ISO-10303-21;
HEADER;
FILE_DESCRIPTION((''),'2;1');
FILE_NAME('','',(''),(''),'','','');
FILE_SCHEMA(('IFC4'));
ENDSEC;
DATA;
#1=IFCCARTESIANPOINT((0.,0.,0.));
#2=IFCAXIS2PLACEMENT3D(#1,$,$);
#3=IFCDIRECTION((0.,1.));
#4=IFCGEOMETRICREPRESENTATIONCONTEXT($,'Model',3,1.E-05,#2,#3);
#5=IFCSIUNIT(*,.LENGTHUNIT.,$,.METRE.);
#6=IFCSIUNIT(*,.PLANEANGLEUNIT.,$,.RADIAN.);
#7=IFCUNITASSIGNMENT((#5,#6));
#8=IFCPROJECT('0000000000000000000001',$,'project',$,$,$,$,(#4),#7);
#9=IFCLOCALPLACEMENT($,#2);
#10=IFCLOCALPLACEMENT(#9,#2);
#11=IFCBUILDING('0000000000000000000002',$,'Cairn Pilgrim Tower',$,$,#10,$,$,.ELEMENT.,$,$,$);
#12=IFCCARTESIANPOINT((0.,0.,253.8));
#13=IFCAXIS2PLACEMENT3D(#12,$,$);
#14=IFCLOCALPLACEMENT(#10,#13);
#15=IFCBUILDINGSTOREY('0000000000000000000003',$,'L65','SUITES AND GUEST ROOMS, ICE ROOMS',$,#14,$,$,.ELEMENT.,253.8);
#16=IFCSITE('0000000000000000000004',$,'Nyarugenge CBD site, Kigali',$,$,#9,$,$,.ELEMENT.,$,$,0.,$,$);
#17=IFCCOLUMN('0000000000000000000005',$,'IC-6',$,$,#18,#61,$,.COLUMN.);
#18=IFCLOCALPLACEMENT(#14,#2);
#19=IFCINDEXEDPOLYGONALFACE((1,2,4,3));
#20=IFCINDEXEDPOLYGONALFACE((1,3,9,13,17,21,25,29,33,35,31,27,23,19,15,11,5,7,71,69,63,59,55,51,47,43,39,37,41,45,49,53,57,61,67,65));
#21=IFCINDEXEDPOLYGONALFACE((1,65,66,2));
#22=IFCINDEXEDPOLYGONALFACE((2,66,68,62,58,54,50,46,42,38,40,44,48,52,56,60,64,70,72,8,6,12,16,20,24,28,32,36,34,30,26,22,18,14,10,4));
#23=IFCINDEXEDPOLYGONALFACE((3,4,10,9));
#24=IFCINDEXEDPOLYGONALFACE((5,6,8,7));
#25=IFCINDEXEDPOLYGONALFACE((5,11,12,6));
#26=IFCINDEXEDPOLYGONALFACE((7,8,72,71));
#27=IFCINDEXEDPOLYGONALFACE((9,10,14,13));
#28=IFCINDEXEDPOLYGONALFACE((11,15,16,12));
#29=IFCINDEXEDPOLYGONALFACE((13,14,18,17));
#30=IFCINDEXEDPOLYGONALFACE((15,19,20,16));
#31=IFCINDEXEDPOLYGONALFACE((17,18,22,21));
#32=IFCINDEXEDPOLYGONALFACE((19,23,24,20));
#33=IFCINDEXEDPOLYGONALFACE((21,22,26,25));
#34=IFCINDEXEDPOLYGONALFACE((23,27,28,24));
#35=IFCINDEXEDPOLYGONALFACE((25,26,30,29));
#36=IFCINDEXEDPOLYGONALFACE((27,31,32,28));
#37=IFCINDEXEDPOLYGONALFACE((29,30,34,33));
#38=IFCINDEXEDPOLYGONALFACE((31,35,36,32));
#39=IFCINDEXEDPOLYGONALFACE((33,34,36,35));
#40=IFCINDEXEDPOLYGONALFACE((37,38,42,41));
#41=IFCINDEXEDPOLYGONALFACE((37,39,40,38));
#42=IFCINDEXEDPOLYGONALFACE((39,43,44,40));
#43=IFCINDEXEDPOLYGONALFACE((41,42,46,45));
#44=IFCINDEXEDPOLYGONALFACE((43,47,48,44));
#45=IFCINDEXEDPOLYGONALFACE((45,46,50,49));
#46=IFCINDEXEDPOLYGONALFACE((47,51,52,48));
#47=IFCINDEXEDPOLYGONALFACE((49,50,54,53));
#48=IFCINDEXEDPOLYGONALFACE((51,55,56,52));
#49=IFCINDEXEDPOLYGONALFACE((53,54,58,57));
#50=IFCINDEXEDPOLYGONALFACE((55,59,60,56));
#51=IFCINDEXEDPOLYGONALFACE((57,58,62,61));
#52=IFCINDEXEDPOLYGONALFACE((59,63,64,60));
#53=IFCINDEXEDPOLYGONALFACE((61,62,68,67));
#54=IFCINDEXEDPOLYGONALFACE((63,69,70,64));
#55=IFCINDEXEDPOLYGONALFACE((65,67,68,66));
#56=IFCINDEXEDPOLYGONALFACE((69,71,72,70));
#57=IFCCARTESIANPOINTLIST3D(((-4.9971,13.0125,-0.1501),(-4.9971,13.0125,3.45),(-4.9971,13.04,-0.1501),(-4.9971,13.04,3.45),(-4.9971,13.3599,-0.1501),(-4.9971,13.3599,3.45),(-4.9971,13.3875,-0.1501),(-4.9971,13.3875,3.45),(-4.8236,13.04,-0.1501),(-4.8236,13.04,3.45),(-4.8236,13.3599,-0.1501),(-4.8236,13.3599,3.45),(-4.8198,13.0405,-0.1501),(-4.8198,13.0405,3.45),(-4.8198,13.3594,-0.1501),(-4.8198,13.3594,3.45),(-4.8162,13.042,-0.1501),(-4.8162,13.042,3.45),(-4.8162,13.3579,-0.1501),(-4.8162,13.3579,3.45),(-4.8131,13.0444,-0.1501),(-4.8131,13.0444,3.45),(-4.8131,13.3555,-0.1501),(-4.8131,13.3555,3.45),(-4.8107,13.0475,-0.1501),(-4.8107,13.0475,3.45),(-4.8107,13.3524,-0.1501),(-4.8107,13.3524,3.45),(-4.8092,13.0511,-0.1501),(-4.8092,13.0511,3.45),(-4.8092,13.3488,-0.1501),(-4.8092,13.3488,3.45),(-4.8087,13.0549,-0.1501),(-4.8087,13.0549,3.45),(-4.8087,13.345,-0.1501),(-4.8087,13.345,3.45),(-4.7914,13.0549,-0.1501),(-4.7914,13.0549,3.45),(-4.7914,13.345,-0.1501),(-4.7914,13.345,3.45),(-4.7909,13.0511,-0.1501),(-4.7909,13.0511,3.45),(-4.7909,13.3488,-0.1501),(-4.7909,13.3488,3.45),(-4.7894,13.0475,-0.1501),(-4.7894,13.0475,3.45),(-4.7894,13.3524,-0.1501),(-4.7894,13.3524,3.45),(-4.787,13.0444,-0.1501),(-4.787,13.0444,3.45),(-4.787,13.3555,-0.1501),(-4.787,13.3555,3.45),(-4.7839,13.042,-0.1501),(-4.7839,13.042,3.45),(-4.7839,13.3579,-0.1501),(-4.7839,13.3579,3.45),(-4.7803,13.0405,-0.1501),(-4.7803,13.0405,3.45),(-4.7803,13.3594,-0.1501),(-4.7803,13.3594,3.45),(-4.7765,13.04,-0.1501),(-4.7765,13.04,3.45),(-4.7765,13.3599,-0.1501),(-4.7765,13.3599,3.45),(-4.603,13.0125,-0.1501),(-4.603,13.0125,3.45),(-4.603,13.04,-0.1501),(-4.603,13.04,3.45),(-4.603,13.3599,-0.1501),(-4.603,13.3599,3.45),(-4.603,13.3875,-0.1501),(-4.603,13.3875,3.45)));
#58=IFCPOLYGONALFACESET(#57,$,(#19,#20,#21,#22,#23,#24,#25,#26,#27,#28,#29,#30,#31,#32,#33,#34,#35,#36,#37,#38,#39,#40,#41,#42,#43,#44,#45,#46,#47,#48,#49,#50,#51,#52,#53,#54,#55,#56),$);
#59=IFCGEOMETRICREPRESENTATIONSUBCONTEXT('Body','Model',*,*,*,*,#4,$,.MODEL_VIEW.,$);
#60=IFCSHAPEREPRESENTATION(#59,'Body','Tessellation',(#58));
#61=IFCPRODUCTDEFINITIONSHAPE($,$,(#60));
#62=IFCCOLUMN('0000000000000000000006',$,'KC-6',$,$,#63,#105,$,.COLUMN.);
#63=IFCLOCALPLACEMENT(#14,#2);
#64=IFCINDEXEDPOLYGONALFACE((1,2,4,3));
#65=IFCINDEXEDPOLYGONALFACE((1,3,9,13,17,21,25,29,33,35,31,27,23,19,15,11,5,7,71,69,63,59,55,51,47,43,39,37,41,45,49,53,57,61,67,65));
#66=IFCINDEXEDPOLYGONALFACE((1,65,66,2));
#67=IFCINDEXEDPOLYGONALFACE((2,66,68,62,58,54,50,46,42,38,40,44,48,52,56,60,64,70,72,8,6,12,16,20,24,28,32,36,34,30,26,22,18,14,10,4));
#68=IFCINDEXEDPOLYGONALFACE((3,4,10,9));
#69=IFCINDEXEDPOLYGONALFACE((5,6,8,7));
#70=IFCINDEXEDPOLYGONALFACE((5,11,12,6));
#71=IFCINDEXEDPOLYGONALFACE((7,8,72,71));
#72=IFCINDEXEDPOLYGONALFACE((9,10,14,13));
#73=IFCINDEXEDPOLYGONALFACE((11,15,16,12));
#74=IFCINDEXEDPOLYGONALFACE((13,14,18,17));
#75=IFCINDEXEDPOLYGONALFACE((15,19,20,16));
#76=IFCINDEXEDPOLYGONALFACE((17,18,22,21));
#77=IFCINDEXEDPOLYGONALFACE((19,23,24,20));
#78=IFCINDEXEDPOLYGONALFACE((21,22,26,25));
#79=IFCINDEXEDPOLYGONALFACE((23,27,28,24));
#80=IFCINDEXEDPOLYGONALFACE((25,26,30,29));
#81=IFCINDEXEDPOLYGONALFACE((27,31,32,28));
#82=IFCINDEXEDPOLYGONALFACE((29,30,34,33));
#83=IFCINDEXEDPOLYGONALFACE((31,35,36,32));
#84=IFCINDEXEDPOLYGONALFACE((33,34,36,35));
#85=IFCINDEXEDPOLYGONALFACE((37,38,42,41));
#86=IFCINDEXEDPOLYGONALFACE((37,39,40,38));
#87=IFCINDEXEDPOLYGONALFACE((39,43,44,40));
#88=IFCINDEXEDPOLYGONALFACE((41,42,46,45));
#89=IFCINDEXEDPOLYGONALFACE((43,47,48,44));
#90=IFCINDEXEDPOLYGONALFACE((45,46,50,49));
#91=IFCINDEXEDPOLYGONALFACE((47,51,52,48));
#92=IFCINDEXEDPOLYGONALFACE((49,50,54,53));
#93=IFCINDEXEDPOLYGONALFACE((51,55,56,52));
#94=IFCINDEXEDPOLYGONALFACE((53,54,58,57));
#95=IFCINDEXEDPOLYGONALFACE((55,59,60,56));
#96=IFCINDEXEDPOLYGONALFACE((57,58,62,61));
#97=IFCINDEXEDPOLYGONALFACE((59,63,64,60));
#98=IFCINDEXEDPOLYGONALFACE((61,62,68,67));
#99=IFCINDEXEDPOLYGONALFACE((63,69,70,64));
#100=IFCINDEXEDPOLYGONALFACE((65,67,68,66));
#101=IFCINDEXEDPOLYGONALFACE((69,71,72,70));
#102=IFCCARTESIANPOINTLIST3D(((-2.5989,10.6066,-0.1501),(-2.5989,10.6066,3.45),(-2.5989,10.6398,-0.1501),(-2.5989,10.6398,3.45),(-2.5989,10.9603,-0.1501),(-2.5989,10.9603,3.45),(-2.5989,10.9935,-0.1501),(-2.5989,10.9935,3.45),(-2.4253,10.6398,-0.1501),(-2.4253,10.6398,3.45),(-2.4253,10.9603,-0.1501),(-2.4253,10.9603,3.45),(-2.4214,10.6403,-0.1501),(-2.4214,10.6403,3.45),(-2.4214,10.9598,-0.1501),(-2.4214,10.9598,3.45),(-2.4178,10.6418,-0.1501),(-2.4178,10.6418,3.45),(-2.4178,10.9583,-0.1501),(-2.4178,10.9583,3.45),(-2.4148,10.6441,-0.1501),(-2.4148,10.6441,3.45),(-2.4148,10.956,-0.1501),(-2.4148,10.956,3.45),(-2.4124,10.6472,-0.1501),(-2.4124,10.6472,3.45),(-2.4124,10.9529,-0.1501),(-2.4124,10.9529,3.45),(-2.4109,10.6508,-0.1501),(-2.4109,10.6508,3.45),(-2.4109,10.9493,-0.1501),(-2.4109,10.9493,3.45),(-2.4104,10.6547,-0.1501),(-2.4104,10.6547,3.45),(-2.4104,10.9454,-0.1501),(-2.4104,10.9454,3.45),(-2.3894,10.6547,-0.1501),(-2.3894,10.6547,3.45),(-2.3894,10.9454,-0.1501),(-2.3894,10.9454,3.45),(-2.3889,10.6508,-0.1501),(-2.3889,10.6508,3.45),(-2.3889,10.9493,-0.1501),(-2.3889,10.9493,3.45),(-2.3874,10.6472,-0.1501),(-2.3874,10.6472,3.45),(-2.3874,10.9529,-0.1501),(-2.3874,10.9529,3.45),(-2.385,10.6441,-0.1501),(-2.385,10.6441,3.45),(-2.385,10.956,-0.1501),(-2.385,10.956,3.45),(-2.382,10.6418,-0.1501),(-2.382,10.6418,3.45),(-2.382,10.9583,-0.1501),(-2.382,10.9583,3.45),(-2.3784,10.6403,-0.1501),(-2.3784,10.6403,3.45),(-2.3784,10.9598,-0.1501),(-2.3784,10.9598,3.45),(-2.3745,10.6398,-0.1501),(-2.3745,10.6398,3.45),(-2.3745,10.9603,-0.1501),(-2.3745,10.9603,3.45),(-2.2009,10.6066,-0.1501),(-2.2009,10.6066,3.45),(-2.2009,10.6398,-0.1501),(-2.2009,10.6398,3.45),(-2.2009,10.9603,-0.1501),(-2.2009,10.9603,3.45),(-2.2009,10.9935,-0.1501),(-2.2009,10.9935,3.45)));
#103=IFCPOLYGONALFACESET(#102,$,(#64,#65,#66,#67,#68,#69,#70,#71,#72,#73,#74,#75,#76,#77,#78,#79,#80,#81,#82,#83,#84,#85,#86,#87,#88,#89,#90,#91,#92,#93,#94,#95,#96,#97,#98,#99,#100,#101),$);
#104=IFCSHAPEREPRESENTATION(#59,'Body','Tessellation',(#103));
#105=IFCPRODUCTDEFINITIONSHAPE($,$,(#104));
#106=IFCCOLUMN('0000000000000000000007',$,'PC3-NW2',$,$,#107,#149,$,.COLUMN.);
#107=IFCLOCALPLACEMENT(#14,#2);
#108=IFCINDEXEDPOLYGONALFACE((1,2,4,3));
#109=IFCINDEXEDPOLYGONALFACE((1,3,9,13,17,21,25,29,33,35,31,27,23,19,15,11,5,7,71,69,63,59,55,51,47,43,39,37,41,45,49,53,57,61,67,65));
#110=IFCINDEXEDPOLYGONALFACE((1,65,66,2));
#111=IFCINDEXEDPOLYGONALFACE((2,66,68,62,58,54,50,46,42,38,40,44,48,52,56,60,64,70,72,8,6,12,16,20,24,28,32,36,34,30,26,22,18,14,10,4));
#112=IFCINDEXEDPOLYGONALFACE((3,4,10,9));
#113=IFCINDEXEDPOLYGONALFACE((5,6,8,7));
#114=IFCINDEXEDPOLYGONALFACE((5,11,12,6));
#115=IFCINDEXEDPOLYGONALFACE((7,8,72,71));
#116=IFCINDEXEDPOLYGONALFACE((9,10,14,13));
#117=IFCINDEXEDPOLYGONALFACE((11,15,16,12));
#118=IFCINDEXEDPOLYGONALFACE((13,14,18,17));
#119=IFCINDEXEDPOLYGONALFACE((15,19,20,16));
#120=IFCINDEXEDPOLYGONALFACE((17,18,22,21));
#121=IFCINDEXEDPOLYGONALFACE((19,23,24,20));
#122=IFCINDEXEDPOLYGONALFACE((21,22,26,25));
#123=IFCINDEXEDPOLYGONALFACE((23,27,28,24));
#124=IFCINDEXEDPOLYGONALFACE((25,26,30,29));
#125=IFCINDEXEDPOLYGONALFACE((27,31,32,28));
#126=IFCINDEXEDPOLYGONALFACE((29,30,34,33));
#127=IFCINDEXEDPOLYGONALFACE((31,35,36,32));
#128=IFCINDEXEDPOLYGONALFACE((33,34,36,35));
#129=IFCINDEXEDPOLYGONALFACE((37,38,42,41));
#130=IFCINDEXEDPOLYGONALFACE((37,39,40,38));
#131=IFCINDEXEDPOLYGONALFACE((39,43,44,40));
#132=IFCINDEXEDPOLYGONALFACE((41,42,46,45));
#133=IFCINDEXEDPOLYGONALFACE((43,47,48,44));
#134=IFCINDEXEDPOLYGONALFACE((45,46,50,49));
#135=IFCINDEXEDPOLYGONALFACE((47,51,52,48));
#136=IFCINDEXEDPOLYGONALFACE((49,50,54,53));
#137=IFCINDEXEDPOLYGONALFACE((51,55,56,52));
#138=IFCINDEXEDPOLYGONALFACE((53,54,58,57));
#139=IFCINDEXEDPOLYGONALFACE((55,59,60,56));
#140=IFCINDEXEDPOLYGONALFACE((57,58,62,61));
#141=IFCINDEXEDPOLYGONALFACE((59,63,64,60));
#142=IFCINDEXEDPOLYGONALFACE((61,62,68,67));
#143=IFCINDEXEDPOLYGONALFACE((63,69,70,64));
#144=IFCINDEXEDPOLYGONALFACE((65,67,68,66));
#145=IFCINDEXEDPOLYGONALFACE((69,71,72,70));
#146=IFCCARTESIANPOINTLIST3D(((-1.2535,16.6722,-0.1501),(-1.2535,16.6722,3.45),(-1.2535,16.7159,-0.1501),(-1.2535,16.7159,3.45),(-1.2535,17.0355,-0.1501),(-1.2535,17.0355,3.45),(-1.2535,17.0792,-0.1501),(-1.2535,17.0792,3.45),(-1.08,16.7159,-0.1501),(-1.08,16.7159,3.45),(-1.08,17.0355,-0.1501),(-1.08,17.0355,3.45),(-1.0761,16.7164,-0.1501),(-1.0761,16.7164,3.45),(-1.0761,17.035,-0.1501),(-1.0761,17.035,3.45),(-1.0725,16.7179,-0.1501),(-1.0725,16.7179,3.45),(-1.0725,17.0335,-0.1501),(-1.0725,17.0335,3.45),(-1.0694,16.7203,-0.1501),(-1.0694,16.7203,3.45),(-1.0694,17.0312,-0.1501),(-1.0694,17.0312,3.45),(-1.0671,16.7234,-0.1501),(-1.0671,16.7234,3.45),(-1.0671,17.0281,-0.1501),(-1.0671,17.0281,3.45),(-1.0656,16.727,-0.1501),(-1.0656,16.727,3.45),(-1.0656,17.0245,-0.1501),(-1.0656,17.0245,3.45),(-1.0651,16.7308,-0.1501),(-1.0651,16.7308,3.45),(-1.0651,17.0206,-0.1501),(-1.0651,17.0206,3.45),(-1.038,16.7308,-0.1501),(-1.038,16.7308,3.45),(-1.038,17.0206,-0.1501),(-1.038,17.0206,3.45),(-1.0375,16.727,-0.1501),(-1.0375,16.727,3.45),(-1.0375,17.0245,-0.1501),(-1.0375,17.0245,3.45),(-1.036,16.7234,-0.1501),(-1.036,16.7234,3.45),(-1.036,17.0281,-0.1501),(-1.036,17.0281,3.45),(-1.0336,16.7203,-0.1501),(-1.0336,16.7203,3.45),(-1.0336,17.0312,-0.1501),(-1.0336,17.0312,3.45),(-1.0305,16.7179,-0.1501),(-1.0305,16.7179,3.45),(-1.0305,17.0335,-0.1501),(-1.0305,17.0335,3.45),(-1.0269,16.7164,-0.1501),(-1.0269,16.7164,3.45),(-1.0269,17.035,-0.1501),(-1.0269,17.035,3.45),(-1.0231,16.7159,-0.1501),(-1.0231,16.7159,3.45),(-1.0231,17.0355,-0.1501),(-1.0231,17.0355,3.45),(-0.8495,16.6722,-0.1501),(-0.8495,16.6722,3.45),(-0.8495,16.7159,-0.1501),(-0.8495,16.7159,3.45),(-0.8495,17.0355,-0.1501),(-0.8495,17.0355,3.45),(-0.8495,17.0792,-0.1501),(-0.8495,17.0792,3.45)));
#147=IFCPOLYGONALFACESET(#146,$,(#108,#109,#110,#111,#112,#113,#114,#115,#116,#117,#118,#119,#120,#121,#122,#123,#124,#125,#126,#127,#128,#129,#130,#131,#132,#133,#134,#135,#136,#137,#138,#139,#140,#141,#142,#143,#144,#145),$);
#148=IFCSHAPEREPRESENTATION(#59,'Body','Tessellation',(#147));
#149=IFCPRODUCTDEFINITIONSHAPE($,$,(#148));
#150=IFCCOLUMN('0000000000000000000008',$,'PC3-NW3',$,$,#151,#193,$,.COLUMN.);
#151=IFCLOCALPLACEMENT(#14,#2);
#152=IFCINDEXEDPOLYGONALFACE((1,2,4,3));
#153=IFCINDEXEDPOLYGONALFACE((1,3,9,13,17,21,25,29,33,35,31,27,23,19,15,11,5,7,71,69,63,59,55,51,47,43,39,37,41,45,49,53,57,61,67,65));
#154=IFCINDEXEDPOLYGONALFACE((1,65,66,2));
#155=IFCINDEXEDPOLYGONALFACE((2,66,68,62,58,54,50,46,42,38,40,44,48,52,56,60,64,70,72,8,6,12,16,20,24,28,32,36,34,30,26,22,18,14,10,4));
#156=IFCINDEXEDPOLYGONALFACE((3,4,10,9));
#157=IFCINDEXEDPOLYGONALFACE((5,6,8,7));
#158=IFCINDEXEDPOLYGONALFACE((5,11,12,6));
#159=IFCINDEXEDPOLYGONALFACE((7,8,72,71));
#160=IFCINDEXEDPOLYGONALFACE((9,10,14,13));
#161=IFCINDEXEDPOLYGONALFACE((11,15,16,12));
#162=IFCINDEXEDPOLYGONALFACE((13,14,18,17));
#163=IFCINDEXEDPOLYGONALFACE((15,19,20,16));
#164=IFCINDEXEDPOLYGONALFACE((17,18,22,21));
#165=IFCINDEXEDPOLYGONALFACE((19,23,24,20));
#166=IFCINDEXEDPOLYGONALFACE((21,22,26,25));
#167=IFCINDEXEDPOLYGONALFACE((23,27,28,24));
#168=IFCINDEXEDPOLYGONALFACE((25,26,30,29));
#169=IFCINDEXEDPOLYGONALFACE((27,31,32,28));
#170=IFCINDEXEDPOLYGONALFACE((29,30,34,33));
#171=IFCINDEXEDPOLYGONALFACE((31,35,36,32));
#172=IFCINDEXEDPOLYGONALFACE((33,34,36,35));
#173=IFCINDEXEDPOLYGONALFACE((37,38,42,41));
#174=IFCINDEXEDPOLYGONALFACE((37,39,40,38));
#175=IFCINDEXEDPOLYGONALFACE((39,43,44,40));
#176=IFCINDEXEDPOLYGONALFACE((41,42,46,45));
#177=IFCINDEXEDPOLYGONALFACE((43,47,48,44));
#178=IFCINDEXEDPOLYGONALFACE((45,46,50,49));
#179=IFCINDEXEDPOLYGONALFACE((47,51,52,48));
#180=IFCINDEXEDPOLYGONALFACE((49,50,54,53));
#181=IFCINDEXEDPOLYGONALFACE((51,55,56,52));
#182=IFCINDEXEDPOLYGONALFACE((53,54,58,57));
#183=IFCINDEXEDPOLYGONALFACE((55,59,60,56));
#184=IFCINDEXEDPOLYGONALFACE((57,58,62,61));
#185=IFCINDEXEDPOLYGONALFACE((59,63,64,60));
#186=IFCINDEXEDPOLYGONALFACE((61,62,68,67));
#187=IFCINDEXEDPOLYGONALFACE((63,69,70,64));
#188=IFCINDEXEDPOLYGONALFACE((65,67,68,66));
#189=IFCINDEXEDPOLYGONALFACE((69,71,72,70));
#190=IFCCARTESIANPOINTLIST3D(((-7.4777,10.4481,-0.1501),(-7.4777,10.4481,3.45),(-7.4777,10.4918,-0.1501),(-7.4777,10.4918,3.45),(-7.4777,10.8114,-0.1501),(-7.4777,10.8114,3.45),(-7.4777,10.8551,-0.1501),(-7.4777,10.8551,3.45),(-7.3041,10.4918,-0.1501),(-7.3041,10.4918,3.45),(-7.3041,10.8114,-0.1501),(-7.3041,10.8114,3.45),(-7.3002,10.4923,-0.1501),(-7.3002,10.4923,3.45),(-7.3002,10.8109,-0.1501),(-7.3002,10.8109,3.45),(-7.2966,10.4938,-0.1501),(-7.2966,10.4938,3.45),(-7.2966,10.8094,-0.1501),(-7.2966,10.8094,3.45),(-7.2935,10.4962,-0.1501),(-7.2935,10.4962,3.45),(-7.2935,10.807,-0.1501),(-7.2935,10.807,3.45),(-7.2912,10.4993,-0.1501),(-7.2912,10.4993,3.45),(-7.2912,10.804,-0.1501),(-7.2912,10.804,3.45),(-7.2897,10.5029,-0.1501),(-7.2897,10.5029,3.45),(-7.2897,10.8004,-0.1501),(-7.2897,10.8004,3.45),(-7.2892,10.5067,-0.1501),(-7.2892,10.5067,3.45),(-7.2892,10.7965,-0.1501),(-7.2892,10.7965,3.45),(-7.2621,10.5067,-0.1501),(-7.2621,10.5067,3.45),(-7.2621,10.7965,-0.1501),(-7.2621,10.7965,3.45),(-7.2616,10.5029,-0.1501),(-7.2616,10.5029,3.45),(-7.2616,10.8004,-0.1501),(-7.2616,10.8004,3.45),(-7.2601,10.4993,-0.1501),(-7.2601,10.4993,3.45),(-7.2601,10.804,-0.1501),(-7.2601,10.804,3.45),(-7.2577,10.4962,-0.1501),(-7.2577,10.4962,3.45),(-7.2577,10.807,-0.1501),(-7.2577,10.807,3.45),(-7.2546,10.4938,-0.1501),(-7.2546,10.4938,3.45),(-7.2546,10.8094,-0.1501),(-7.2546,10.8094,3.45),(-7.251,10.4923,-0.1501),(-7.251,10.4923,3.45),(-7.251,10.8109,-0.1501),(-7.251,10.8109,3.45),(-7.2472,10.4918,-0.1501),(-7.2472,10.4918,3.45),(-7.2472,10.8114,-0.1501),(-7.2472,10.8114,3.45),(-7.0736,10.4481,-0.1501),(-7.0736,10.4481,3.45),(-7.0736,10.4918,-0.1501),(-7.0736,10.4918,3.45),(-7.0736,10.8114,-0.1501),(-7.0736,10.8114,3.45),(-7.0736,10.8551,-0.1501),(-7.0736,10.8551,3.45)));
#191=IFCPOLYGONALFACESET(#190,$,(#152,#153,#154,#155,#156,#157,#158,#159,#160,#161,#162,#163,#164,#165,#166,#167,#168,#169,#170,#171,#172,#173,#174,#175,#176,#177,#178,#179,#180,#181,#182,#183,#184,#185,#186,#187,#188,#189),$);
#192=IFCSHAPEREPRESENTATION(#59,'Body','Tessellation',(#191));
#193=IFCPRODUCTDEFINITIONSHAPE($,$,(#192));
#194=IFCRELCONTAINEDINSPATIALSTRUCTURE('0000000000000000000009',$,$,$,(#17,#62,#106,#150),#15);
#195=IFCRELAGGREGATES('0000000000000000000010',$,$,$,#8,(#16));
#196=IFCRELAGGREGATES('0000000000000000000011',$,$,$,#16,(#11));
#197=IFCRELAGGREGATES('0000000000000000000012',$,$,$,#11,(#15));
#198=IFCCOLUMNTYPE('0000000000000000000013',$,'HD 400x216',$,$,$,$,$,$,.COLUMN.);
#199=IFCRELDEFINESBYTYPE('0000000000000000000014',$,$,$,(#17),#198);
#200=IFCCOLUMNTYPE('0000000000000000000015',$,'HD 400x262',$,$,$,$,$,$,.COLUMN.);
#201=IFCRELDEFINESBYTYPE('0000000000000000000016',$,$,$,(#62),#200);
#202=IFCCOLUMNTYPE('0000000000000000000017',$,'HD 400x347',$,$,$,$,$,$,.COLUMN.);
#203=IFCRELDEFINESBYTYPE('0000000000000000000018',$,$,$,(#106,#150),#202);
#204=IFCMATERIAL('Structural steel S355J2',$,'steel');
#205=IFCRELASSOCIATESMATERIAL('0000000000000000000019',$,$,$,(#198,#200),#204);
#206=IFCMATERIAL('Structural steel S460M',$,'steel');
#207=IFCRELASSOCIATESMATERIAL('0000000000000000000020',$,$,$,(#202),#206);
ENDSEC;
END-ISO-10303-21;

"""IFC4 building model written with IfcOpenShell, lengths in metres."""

from ifc_helpers import new_model, si_unit, direction, frame, origin, origin_2d, place, context, subcontext, project, spatial, i_section, extrude, material, material_profile, profile_set, type_object, element, save


model = new_model("IFC4")

# Units and contexts
model_context = context("Model", 3, precision=1e-05, world=origin(), true_north=direction((0.0, 1.0)))
body_context = subcontext(model_context, "Body", "Model", "MODEL_VIEW")
ifc_project = project(units=[si_unit("LENGTHUNIT", "METRE"), si_unit("PLANEANGLEUNIT", "RADIAN")], contexts=[model_context])

# Site, building, storey
site_placement = place(None, origin())
site = spatial("IfcSite", under=ifc_project, at=site_placement, Name="Nyarugenge CBD site, Kigali", CompositionType="ELEMENT", RefElevation=0.0)
building_placement = place(site_placement, origin())
building = spatial("IfcBuilding", under=site, at=building_placement, Name="Cairn Pilgrim Tower", CompositionType="ELEMENT")
storey_placement = place(building_placement, frame((0.0, 0.0, 253.8)))
storey = spatial("IfcBuildingStorey", under=building, at=storey_placement, Name="L65", Description="SUITES AND GUEST ROOMS, ICE ROOMS", CompositionType="ELEMENT", Elevation=253.8)

# Columns
ifc_material_1 = material(Name="Structural steel S355J2", Category="steel")
ifc_material_profile_1 = material_profile(ifc_material_1, i_section(OverallWidth=0.394, OverallDepth=0.375, WebThickness=0.0173, FlangeThickness=0.0276, FilletRadius=0.0149, at=origin_2d()), Name="HD 400x216")
ifc_profile_set_1 = profile_set([ifc_material_profile_1], Name="Structural steel S355J2")
column_type_1 = type_object("IfcColumnType", Name="HD 400x216", PredefinedType="COLUMN", material=ifc_profile_set_1)
column_1_placement = place(storey_placement, frame((-4.8, 13.2, -0.1501), z_axis=(0.0, 0.0, 1.0), x_axis=(1.0, 0.0, 0.0)))
element("IfcColumn", 1, at=column_1_placement, inside=storey, type_object=column_type_1, Name="IC-6", PredefinedType="COLUMN", context=body_context, shape_type="SweptSolid", body=[
    extrude(i_section(OverallWidth=0.394, OverallDepth=0.375, WebThickness=0.0173, FlangeThickness=0.0276, FilletRadius=0.0149, at=origin_2d()), origin(), (0.0, 0.0, 1.0), 3.6001),
])
ifc_material_profile_2 = material_profile(ifc_material_1, i_section(OverallWidth=0.3979, OverallDepth=0.387, WebThickness=0.021, FlangeThickness=0.0332, FilletRadius=0.0149, at=origin_2d()), Name="HD 400x262")
ifc_profile_set_2 = profile_set([ifc_material_profile_2], Name="Structural steel S355J2")
column_type_2 = type_object("IfcColumnType", Name="HD 400x262", PredefinedType="COLUMN", material=ifc_profile_set_2)
column_2_placement = place(storey_placement, frame((-2.3999, 10.8, -0.1501), z_axis=(0.0, 0.0, 1.0), x_axis=(1.0, 0.0, 0.0)))
element("IfcColumn", 2, at=column_2_placement, inside=storey, type_object=column_type_2, Name="KC-6", PredefinedType="COLUMN", context=body_context, shape_type="SweptSolid", body=[
    extrude(i_section(OverallWidth=0.3979, OverallDepth=0.387, WebThickness=0.021, FlangeThickness=0.0332, FilletRadius=0.0149, at=origin_2d()), origin(), (0.0, 0.0, 1.0), 3.6001),
])
ifc_material_2 = material(Name="Structural steel S460M", Category="steel")
ifc_material_profile_3 = material_profile(ifc_material_2, i_section(OverallWidth=0.4041, OverallDepth=0.407, WebThickness=0.0271, FlangeThickness=0.0437, FilletRadius=0.0149, at=origin_2d()), Name="HD 400x347")
ifc_profile_set_3 = profile_set([ifc_material_profile_3], Name="Structural steel S460M")
column_type_3 = type_object("IfcColumnType", Name="HD 400x347", PredefinedType="COLUMN", material=ifc_profile_set_3)
for number, where, z_axis, x_axis, name in (
    (3, (-1.0515, 16.8757, -0.1501), (0.0, 0.0, 1.0), (1.0, 0.0, 0.0), "PC3-NW2"),
    (4, (-7.2756, 10.6516, -0.1501), (0.0, 0.0, 1.0), (1.0, 0.0, 0.0), "PC3-NW3"),
):
    element("IfcColumn", number, at=place(storey_placement, frame(where, z_axis=z_axis, x_axis=x_axis)), inside=storey, type_object=column_type_3, Name=name, PredefinedType="COLUMN", context=body_context, shape_type="SweptSolid", body=[
        extrude(i_section(OverallWidth=0.4041, OverallDepth=0.407, WebThickness=0.0271, FlangeThickness=0.0437, FilletRadius=0.0149, at=origin_2d()), origin(), (0.0, 0.0, 1.0), 3.6001),
    ])

save(model, "model.ifc")
